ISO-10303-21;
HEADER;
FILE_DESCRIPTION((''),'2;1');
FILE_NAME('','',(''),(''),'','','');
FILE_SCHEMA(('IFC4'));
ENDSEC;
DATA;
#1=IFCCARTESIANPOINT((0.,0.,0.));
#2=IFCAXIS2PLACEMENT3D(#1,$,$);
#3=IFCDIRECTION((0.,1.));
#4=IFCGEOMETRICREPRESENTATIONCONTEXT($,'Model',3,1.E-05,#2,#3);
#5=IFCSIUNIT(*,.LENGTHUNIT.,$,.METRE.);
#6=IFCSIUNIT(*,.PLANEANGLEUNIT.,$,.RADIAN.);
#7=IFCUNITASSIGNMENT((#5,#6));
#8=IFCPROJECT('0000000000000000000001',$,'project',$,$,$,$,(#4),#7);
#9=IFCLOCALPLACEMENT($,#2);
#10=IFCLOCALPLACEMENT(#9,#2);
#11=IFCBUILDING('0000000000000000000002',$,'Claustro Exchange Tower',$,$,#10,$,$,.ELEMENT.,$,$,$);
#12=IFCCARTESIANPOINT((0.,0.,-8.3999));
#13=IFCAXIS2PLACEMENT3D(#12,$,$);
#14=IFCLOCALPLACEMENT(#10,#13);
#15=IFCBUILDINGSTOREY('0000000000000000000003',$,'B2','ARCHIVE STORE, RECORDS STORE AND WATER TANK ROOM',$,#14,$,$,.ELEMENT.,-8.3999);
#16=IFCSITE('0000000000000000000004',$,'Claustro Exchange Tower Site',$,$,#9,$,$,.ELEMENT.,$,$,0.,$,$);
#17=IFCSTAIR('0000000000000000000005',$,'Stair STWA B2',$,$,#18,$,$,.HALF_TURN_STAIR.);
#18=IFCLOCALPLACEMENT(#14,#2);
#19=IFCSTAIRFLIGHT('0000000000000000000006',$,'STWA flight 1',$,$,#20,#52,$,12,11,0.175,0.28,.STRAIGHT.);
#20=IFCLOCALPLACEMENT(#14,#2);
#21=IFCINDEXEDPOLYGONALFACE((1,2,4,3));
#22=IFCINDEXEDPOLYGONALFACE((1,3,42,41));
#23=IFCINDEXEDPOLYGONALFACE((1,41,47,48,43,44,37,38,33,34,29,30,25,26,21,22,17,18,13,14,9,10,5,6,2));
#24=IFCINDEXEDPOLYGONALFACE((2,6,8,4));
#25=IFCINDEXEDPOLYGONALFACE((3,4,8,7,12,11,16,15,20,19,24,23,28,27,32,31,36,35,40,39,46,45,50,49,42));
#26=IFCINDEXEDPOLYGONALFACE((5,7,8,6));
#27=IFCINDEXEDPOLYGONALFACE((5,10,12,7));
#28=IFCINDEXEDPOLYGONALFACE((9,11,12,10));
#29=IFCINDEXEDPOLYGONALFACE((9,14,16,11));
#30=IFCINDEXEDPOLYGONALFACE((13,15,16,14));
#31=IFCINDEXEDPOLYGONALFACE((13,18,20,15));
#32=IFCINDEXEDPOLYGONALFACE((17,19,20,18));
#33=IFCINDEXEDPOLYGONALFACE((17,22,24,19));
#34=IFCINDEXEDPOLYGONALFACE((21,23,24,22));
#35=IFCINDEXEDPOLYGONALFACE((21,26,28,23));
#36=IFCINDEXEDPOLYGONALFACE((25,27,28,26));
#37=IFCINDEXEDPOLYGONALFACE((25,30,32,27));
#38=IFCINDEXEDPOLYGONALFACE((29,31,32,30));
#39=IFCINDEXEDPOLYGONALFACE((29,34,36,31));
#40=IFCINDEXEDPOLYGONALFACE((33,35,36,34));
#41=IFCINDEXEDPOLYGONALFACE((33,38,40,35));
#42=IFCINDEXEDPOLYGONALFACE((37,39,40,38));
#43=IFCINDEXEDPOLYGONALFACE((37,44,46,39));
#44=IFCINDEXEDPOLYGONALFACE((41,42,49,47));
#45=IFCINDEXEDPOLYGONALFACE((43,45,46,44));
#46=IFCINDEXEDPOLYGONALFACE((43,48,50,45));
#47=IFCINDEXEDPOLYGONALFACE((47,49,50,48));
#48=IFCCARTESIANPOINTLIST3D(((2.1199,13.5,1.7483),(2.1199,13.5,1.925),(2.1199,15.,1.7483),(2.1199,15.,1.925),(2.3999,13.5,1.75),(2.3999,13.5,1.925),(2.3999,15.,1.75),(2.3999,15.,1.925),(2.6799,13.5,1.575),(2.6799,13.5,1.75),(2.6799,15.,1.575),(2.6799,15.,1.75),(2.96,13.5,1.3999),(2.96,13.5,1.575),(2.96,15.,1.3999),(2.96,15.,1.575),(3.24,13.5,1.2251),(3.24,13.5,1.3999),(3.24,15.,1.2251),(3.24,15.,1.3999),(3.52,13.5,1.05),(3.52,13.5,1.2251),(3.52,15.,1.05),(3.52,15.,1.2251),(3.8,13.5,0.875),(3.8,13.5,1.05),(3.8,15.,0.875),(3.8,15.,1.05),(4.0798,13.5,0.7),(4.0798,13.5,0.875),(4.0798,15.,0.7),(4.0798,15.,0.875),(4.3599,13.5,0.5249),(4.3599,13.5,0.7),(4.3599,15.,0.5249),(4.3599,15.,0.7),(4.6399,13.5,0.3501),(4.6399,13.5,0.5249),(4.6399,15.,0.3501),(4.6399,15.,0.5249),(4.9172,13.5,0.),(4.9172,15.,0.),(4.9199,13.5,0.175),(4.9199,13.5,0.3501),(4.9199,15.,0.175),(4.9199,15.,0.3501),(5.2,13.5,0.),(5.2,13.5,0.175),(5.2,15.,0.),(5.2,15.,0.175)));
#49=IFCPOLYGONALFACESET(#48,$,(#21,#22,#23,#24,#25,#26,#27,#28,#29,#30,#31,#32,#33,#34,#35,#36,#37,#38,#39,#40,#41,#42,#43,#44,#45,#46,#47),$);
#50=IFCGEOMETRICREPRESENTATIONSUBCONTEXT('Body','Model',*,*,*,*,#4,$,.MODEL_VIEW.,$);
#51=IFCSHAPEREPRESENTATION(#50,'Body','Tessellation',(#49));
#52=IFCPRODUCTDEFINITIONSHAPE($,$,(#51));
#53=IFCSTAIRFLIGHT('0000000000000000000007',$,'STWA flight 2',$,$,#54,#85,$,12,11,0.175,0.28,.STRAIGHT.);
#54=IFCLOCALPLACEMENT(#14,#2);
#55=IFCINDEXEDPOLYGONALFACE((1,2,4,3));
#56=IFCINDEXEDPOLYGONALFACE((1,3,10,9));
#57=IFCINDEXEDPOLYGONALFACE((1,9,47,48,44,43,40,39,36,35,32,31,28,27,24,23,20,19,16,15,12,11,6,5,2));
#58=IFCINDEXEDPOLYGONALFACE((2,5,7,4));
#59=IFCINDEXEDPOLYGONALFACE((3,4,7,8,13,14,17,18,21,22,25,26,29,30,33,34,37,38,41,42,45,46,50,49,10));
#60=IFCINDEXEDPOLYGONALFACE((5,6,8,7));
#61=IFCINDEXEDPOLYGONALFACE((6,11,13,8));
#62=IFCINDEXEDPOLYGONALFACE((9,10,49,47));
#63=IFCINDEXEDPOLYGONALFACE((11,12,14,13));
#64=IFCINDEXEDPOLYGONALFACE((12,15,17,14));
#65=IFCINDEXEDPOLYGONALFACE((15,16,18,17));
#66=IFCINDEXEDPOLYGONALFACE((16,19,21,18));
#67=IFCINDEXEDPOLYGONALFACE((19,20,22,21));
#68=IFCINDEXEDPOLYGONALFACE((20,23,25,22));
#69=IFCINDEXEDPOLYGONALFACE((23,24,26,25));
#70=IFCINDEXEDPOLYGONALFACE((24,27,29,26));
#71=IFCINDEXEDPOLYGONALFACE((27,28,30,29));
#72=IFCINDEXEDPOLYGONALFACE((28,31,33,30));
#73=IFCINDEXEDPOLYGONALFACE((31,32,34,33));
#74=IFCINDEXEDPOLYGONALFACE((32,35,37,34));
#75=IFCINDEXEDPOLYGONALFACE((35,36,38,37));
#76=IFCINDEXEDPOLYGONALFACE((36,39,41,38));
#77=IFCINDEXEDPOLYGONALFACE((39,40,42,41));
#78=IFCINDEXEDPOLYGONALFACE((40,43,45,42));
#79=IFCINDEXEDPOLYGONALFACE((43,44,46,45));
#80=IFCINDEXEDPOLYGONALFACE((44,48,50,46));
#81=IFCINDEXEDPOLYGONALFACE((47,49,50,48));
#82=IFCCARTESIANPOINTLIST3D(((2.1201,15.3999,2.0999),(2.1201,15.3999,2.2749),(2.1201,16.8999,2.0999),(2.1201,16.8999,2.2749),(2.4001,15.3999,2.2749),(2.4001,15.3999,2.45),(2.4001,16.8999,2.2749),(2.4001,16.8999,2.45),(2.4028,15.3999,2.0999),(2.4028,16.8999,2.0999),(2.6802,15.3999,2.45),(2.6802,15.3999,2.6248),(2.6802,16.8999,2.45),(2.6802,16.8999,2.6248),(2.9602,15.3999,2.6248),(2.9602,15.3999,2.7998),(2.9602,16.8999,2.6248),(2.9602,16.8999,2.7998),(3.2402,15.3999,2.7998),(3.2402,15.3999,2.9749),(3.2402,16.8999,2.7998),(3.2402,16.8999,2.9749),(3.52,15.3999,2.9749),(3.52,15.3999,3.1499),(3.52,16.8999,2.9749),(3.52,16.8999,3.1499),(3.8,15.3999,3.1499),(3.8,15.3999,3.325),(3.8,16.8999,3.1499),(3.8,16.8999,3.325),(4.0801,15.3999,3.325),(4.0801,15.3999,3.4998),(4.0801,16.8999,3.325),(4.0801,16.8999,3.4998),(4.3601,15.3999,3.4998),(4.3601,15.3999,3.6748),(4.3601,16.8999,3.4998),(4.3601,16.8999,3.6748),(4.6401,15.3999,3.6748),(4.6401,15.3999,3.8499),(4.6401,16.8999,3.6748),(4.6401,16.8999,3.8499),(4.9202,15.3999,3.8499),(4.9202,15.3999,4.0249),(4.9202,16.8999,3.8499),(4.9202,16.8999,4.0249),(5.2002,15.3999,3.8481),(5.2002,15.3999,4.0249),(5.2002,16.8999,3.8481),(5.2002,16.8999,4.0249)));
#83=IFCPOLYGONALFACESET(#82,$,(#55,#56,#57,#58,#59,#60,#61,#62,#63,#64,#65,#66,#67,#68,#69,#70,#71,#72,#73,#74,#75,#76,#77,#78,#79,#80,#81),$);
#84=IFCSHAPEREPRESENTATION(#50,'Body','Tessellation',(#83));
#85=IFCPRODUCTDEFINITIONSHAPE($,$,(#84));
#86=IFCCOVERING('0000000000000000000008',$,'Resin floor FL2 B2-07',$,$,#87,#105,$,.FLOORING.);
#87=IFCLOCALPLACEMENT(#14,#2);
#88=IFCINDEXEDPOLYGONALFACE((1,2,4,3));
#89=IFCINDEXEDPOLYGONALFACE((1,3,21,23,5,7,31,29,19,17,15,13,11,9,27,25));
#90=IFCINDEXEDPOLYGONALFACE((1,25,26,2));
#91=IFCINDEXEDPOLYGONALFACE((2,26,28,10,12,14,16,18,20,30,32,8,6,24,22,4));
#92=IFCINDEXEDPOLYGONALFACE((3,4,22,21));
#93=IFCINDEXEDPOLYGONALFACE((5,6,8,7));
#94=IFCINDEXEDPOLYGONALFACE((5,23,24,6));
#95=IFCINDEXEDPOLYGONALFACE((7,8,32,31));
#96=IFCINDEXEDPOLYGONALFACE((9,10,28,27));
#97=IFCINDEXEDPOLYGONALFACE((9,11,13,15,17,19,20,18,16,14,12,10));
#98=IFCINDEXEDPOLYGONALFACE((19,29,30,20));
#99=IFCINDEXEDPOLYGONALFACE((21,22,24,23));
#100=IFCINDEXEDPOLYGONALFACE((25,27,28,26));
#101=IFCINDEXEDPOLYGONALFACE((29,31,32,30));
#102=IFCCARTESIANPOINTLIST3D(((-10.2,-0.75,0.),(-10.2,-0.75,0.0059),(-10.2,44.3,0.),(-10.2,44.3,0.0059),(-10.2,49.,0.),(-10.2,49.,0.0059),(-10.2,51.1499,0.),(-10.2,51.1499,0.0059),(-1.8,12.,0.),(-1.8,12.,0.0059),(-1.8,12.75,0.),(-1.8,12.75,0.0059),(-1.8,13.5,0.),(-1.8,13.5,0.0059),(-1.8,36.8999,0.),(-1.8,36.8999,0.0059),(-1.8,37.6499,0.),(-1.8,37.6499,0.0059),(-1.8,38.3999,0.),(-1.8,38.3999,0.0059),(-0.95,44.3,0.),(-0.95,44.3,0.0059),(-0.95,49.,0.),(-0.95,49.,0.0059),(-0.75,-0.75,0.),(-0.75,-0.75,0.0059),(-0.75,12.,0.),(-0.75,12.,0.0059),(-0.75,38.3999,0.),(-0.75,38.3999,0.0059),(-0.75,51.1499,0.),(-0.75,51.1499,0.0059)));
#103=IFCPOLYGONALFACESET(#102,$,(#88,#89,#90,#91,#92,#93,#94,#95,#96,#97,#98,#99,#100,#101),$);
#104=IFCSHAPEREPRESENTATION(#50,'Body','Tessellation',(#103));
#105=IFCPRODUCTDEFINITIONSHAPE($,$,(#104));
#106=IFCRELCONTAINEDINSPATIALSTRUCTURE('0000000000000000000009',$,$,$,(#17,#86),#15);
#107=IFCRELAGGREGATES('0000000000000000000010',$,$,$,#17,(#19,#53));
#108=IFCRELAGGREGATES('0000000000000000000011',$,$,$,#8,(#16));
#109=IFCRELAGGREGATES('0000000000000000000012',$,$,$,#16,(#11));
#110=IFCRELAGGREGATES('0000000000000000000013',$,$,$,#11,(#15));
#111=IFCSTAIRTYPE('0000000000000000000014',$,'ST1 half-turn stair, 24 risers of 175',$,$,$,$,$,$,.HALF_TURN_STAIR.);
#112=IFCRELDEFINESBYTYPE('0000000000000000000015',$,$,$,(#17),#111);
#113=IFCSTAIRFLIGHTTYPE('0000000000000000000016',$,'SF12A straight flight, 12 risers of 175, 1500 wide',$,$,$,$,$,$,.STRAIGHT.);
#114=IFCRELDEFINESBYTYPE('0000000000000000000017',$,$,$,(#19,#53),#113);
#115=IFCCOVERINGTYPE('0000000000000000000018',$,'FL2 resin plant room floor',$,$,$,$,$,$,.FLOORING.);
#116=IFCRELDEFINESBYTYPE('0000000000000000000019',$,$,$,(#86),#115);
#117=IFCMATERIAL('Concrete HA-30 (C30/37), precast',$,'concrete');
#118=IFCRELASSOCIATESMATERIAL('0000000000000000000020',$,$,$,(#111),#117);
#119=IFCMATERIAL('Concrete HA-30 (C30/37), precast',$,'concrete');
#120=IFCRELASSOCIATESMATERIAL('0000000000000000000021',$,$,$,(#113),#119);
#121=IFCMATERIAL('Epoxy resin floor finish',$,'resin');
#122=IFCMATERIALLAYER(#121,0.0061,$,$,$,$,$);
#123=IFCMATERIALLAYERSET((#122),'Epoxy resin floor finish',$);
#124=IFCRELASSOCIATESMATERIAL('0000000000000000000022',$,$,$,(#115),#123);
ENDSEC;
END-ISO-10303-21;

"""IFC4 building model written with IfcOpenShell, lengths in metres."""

from ifc_helpers import new_model, si_unit, direction, frame, origin, place, context, subcontext, project, spatial, polyline, outline, extrude, material, layer, layer_set, type_object, element, aggregate, save


model = new_model("IFC4")

# Units and contexts
model_context = context("Model", 3, precision=1e-05, world=origin(), true_north=direction((0.0, 1.0)))
body_context = subcontext(model_context, "Body", "Model", "MODEL_VIEW")
ifc_project = project(units=[si_unit("LENGTHUNIT", "METRE"), si_unit("PLANEANGLEUNIT", "RADIAN")], contexts=[model_context])

# Site, building, storey
site_placement = place(None, origin())
site = spatial("IfcSite", under=ifc_project, at=site_placement, Name="Claustro Exchange Tower Site", CompositionType="ELEMENT", RefElevation=0.0)
building_placement = place(site_placement, origin())
building = spatial("IfcBuilding", under=site, at=building_placement, Name="Claustro Exchange Tower", CompositionType="ELEMENT")
storey_placement = place(building_placement, frame((0.0, 0.0, -8.3999)))
storey = spatial("IfcBuildingStorey", under=building, at=storey_placement, Name="B2", Description="ARCHIVE STORE, RECORDS STORE AND WATER TANK ROOM", CompositionType="ELEMENT", Elevation=-8.3999)

# Shared definitions
ifc_material_1 = material(Name="Concrete HA-30 (C30/37), precast", Category="concrete")
stair_type = type_object("IfcStairType", Name="ST1 half-turn stair, 24 risers of 175", PredefinedType="HALF_TURN_STAIR", material=ifc_material_1)

# Stair, stair flights
stair_1_placement = place(storey_placement, origin())
stair_1 = element("IfcStair", 1, at=stair_1_placement, inside=storey, type_object=stair_type, Name="Stair STWA B2", PredefinedType="HALF_TURN_STAIR")
ifc_material_2 = material(Name="Concrete HA-30 (C30/37), precast", Category="concrete")
stair_flight_type = type_object("IfcStairFlightType", Name="SF12A straight flight, 12 risers of 175, 1500 wide", PredefinedType="STRAIGHT", material=ifc_material_2)
stair_flight_1_placement = place(storey_placement, frame((5.2, 14.25, 0.0), z_axis=(0.0, 0.0, 1.0), x_axis=(-1.0, 0.0, 0.0)))
stair_flight_1 = element("IfcStairFlight", 2, at=stair_flight_1_placement, type_object=stair_flight_type, Name="STWA flight 1", NumberOfRisers=12, NumberOfTreads=11, PredefinedType="STRAIGHT", RiserHeight=0.175, TreadLength=0.28, context=body_context, shape_type="SweptSolid", body=[
    extrude(outline(polyline([(0.0, 0.0), (0.0, 0.175), (0.28, 0.175), (0.28, 0.3501), (0.5601, 0.3501), (0.5601, 0.5249), (0.8401, 0.5249), (0.8401, 0.7), (1.1201, 0.7), (1.1201, 0.875), (1.3999, 0.875), (1.3999, 1.05), (1.6799, 1.05), (1.6799, 1.2251), (1.96, 1.2251), (1.96, 1.3999), (2.24, 1.3999), (2.24, 1.575), (2.52, 1.575), (2.52, 1.75), (2.8, 1.75), (2.8, 1.925), (3.0801, 1.925), (3.0801, 2.1001), (3.0801, 1.7483), (0.2827, 0.0), (0.0, 0.0)])), frame((0.0, 0.75, 0.0), z_axis=(0.0, -1.0, 0.0), x_axis=(1.0, 0.0, 0.0)), (0.0, 0.0, 1.0), 1.5),
])
stair_flight_2_placement = place(storey_placement, frame((2.1201, 16.1499, 2.0999), z_axis=(0.0, 0.0, 1.0), x_axis=(1.0, 0.0, 0.0)))
stair_flight_2 = element("IfcStairFlight", 3, at=stair_flight_2_placement, type_object=stair_flight_type, Name="STWA flight 2", NumberOfRisers=12, NumberOfTreads=11, PredefinedType="STRAIGHT", RiserHeight=0.175, TreadLength=0.28, context=body_context, shape_type="SweptSolid", body=[
    extrude(outline(polyline([(0.0, 0.0), (0.0, 0.175), (0.28, 0.175), (0.28, 0.3501), (0.5601, 0.3501), (0.5601, 0.5249), (0.8401, 0.5249), (0.8401, 0.7), (1.1201, 0.7), (1.1201, 0.875), (1.3999, 0.875), (1.3999, 1.05), (1.6799, 1.05), (1.6799, 1.2251), (1.96, 1.2251), (1.96, 1.3999), (2.24, 1.3999), (2.24, 1.575), (2.52, 1.575), (2.52, 1.75), (2.8, 1.75), (2.8, 1.925), (3.0801, 1.925), (3.0801, 2.1001), (3.0801, 1.7483), (0.2827, 0.0), (0.0, 0.0)])), frame((0.0, 0.75, 0.0), z_axis=(0.0, -1.0, 0.0), x_axis=(1.0, 0.0, 0.0)), (0.0, 0.0, 1.0), 1.5),
])
aggregate(stair_1, [stair_flight_1, stair_flight_2])

# Covering
ifc_material_3 = material(Name="Epoxy resin floor finish", Category="resin")
ifc_layer_1 = layer(ifc_material_3, 0.0061)
ifc_layer_set_1 = layer_set([ifc_layer_1], Name="Epoxy resin floor finish")
covering_type = type_object("IfcCoveringType", Name="FL2 resin plant room floor", PredefinedType="FLOORING", material=ifc_layer_set_1)
covering_placement = place(storey_placement, origin())
element("IfcCovering", 4, at=covering_placement, inside=storey, type_object=covering_type, Name="Resin floor FL2 B2-07", PredefinedType="FLOORING", context=body_context, shape_type="SweptSolid", body=[
    extrude(outline(polyline([(-0.95, 49.0), (-0.95, 44.3), (-10.2, 44.3), (-10.2, -0.75), (-0.75, -0.75), (-0.75, 12.0), (-1.8, 12.0), (-1.8, 12.75), (-1.8, 13.5), (-1.8, 36.8999), (-1.8, 37.6499), (-1.8, 38.3999), (-0.75, 38.3999), (-0.75, 51.1499), (-10.2, 51.1499), (-10.2, 49.0), (-0.95, 49.0)])), origin(), (0.0, 0.0, 1.0), 0.0059),
])

save(model, "model.ifc")
